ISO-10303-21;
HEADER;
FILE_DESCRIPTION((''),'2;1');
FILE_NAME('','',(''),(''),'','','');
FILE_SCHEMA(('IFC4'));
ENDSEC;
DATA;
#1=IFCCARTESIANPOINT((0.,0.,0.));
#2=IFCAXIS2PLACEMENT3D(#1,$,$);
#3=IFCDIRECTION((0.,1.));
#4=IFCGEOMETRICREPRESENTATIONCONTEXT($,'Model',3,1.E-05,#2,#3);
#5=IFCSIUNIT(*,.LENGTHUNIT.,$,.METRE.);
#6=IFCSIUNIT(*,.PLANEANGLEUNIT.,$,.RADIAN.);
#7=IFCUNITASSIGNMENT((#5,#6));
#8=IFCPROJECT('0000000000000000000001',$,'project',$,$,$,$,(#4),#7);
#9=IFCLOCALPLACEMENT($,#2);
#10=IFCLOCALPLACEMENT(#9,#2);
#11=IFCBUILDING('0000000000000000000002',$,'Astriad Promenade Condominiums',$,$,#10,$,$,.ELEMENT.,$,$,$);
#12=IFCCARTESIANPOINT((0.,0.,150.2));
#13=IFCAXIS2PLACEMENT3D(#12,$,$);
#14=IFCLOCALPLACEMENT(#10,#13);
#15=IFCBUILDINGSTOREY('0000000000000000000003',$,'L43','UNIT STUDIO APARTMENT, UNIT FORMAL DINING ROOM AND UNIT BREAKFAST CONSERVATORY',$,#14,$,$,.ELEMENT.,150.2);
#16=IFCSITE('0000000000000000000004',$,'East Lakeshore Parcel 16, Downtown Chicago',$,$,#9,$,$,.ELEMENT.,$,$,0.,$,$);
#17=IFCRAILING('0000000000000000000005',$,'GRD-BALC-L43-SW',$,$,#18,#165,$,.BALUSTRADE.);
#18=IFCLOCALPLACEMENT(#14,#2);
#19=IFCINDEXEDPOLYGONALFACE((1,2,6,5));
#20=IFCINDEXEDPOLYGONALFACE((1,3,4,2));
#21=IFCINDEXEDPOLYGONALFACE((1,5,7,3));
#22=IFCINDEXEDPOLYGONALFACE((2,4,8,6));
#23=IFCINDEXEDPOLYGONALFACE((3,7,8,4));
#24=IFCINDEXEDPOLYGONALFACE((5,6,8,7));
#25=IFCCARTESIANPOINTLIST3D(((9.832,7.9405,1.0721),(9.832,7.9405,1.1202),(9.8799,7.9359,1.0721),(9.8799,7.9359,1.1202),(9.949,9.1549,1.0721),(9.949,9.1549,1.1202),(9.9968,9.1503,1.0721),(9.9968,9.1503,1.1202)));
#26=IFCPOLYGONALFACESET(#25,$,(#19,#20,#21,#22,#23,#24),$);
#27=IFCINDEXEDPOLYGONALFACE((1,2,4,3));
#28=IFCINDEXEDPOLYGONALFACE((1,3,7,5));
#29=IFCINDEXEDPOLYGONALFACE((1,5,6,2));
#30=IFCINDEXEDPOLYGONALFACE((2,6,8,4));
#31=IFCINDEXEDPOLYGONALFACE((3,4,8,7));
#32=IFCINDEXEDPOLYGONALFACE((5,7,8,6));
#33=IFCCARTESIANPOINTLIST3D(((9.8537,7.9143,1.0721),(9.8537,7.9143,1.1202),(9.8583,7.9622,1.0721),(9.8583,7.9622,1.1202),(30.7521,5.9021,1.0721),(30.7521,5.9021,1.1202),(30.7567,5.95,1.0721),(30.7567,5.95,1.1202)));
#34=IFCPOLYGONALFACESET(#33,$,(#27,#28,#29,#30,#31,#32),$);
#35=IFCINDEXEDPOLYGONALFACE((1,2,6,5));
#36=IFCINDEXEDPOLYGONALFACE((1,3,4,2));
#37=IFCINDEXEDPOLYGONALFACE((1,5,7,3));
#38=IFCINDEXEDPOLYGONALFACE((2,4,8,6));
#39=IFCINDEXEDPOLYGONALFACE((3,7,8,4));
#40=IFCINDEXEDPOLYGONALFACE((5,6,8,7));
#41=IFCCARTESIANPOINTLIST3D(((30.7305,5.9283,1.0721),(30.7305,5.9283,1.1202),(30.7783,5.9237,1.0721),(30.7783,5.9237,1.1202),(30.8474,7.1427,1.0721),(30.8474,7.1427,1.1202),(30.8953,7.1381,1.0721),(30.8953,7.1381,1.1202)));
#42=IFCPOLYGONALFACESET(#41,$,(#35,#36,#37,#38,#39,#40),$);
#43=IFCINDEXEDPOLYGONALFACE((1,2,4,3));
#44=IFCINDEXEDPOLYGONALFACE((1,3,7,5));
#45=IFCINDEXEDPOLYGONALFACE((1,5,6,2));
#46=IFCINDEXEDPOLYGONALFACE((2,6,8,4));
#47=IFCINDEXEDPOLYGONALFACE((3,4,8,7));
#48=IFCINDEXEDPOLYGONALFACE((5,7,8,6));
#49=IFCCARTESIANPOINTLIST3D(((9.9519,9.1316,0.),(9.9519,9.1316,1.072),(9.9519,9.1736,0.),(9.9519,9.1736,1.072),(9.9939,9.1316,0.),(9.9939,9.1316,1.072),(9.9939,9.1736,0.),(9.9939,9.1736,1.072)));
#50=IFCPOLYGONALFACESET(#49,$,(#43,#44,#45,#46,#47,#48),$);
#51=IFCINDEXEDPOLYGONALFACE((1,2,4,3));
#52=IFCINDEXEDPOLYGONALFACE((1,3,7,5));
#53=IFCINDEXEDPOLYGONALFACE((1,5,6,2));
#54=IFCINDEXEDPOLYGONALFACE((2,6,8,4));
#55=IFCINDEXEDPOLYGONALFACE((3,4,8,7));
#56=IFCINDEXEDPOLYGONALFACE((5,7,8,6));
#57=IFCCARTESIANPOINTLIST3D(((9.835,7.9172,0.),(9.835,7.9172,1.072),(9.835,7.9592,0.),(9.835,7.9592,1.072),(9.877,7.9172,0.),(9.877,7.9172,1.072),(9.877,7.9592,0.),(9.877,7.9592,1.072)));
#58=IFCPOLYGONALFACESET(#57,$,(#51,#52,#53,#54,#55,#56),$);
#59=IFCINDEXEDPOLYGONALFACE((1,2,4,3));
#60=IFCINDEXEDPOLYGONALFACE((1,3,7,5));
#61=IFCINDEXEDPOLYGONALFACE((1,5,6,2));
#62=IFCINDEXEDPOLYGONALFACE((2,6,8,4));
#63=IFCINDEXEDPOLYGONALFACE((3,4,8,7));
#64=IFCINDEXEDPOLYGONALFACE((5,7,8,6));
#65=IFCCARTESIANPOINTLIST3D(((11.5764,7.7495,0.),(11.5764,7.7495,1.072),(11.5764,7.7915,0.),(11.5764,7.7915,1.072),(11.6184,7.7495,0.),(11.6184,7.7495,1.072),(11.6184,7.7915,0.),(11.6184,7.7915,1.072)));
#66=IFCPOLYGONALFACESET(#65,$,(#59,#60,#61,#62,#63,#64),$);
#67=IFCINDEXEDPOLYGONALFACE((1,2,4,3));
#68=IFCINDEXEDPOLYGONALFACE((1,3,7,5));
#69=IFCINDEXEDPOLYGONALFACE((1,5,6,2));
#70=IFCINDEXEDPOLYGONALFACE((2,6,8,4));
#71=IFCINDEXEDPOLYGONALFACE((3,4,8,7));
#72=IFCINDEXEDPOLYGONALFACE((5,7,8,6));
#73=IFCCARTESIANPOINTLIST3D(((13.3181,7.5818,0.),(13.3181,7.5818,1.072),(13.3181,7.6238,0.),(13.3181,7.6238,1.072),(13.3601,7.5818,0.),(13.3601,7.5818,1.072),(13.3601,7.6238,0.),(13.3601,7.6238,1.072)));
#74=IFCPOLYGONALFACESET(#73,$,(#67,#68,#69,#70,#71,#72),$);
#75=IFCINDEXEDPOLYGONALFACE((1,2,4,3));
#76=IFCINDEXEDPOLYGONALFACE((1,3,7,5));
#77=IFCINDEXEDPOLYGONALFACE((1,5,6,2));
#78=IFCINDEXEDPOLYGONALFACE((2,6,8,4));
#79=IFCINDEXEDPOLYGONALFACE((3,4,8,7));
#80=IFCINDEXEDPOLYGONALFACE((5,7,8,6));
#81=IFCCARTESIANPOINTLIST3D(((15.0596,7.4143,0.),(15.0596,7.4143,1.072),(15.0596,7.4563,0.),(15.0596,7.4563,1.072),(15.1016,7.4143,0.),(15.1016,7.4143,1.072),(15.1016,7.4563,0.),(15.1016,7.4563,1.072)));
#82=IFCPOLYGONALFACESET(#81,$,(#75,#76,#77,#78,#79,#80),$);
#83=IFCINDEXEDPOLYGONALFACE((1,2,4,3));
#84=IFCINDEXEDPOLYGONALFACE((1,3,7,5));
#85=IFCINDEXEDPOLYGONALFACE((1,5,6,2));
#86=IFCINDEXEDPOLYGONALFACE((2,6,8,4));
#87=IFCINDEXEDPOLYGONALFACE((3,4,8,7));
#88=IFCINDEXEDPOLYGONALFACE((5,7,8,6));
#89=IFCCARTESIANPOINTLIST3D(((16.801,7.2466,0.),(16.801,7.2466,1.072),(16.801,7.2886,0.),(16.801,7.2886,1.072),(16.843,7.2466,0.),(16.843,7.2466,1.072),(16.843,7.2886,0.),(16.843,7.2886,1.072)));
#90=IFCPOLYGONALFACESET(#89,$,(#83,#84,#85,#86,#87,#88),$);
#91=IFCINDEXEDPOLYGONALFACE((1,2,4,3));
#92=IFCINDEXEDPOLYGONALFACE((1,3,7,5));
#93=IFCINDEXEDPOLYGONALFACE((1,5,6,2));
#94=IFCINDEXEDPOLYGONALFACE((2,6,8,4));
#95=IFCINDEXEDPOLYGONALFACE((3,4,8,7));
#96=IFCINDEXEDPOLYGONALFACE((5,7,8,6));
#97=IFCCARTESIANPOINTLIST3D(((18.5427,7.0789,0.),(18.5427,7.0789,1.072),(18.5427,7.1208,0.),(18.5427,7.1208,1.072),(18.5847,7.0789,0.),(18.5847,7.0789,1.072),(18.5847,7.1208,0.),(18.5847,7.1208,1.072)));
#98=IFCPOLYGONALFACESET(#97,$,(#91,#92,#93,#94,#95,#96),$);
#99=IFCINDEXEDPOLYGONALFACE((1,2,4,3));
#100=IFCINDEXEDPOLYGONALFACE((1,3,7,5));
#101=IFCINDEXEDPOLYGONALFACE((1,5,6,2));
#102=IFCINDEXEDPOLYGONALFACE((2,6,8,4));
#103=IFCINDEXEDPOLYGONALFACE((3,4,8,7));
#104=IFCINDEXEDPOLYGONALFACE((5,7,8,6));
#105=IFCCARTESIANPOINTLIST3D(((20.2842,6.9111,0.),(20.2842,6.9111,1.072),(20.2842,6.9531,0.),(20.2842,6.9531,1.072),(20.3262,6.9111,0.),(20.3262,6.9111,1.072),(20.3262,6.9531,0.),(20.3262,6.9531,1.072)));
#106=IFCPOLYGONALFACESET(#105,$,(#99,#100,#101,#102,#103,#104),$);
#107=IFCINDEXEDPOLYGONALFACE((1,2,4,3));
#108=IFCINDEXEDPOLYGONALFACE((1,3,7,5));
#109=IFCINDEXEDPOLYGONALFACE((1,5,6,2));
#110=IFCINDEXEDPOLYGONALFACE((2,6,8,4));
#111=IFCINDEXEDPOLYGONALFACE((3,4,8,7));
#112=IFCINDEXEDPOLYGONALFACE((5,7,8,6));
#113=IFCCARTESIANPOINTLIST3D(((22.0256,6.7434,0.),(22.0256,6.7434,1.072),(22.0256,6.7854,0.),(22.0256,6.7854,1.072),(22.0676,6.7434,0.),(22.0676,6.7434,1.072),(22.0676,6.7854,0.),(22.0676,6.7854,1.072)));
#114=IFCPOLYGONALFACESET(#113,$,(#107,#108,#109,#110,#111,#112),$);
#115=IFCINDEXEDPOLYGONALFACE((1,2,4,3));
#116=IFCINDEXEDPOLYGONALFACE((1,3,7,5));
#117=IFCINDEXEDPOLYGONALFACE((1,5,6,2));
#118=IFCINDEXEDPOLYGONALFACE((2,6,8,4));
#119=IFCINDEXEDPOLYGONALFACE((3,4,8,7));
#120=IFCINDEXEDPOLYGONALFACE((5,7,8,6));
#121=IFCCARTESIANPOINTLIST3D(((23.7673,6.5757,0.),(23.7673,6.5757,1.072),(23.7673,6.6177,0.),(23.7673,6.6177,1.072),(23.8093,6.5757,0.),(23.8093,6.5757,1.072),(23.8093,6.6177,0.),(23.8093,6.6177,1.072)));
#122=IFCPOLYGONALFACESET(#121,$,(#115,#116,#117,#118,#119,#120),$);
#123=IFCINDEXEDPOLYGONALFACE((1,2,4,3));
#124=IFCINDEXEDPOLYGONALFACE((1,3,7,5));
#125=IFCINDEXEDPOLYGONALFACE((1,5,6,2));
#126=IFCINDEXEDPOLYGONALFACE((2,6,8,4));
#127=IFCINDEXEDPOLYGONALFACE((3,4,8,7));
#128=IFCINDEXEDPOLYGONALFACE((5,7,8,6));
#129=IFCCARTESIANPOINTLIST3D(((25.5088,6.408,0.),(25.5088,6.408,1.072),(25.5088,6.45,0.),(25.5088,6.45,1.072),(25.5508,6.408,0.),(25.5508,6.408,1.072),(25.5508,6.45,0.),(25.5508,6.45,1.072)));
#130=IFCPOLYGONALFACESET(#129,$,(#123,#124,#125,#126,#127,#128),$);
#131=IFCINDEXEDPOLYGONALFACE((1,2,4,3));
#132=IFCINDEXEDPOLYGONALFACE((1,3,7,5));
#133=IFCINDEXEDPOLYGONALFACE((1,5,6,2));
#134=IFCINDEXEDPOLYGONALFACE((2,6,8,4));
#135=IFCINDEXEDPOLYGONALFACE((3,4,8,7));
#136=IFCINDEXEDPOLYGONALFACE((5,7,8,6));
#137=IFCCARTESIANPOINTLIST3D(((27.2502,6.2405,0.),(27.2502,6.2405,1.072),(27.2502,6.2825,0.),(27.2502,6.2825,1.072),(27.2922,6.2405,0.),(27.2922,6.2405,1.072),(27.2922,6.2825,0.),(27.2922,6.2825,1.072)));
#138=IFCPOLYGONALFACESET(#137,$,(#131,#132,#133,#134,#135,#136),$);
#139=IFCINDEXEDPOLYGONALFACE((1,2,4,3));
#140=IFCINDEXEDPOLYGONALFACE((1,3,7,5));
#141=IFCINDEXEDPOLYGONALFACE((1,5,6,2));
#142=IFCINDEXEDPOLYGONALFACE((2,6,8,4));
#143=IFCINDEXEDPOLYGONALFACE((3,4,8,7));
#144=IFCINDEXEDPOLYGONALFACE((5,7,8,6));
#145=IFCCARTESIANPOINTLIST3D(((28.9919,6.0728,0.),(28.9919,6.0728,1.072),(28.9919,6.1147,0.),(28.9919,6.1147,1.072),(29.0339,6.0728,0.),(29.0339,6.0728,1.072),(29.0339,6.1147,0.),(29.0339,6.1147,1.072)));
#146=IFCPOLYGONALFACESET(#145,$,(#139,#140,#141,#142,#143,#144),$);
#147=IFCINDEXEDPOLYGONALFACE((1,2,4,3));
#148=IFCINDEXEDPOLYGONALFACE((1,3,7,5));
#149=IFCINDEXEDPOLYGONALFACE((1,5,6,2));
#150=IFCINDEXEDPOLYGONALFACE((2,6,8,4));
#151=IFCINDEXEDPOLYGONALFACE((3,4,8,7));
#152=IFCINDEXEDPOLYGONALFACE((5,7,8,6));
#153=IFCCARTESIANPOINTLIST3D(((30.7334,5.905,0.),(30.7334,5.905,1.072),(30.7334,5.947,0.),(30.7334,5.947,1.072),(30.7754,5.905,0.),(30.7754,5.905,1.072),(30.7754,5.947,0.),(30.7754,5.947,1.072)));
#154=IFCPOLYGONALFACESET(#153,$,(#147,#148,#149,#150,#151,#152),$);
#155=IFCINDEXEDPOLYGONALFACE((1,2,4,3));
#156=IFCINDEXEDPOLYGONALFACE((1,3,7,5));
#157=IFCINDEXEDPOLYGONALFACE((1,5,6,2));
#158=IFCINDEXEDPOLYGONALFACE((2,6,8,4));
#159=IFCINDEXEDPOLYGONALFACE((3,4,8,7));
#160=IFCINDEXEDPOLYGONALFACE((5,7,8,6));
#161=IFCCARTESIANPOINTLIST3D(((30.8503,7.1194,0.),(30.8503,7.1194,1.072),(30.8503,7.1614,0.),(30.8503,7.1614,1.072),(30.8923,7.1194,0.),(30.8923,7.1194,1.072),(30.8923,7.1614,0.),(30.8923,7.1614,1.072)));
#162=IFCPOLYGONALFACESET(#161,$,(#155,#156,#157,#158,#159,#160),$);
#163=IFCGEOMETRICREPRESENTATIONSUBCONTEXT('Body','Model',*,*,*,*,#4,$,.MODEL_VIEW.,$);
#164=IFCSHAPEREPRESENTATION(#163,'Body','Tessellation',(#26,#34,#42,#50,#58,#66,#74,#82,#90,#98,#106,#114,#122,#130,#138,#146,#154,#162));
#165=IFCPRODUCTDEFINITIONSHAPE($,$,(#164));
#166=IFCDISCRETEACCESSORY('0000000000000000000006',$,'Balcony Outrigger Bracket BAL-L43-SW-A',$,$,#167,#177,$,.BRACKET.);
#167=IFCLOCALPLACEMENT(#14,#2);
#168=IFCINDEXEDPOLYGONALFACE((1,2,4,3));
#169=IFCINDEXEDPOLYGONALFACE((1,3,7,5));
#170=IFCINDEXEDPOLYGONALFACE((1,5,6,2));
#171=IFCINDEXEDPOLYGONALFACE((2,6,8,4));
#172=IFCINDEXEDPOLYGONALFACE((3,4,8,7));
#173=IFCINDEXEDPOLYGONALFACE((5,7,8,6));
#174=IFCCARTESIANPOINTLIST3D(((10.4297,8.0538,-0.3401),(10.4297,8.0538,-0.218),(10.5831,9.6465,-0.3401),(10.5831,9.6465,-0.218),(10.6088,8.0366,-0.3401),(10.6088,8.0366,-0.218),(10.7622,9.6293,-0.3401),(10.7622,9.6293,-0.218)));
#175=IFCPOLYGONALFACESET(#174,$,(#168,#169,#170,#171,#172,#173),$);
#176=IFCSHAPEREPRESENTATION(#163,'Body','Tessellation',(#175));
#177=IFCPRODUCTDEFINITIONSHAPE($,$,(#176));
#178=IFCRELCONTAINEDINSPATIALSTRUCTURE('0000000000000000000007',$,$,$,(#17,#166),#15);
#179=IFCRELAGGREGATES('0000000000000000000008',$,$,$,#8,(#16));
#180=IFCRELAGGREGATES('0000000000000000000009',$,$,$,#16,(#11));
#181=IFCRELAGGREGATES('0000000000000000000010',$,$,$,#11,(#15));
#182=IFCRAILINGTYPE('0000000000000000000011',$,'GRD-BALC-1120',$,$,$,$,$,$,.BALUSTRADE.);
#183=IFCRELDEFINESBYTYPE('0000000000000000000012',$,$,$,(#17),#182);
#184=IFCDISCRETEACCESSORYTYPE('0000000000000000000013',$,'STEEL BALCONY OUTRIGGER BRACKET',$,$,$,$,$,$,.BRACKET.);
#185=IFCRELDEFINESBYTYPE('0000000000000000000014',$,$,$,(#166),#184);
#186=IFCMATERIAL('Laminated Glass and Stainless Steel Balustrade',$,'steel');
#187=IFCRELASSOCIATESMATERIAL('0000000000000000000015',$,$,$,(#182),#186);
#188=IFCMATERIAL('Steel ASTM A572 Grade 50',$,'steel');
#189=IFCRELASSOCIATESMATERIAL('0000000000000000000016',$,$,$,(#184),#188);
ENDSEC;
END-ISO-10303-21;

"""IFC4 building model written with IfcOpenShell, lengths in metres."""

from ifc_helpers import new_model, si_unit, direction, frame, origin, origin_2d, place, context, subcontext, project, spatial, rectangle, extrude, source, transform, mapped, material, type_object, type_shapes, element, save


model = new_model("IFC4")

# Units and contexts
model_context = context("Model", 3, precision=1e-05, world=origin(), true_north=direction((0.0, 1.0)))
body_context = subcontext(model_context, "Body", "Model", "MODEL_VIEW")
ifc_project = project(units=[si_unit("LENGTHUNIT", "METRE"), si_unit("PLANEANGLEUNIT", "RADIAN")], contexts=[model_context])

# Site, building, storey
site_placement = place(None, origin())
site = spatial("IfcSite", under=ifc_project, at=site_placement, Name="East Lakeshore Parcel 16, Downtown Chicago", CompositionType="ELEMENT", RefElevation=0.0)
building_placement = place(site_placement, origin())
building = spatial("IfcBuilding", under=site, at=building_placement, Name="Astriad Promenade Condominiums", CompositionType="ELEMENT")
storey_placement = place(building_placement, frame((0.0, 0.0, 150.2)))
storey = spatial("IfcBuildingStorey", under=building, at=storey_placement, Name="L43", Description="UNIT STUDIO APARTMENT, UNIT FORMAL DINING ROOM AND UNIT BREAKFAST CONSERVATORY", CompositionType="ELEMENT", Elevation=150.2)

# Railing
ifc_material_1 = material(Name="Laminated Glass and Stainless Steel Balustrade", Category="steel")
railing_type = type_object("IfcRailingType", Name="GRD-BALC-1120", PredefinedType="BALUSTRADE", material=ifc_material_1)
shared_shape_1 = source(origin(), body_context, "Body", "SweptSolid", [
    extrude(rectangle(XDim=0.0481, YDim=0.0481, at=origin_2d()), frame((0.0, 0.0, 1.0962), z_axis=(-0.095857, -0.995395, 0.0), x_axis=(0.995395, -0.095857, 0.0)), (0.0, 0.0, 1.0), 1.22),
    extrude(rectangle(XDim=0.0481, YDim=0.0481, at=origin_2d()), frame((-0.1169, -1.2144, 1.0962), z_axis=(0.995397, -0.095842, 0.0), x_axis=(0.095842, 0.995397, 0.0)), (0.0, 0.0, 1.0), 20.9951),
    extrude(rectangle(XDim=0.0481, YDim=0.0481, at=origin_2d()), frame((20.7815, -3.2266, 1.0962), z_axis=(0.095857, 0.995395, 0.0), x_axis=(-0.995395, 0.095857, 0.0)), (0.0, 0.0, 1.0), 1.22),
    extrude(rectangle(XDim=0.042, YDim=0.042, at=origin_2d()), origin(), (0.0, 0.0, 1.0), 1.072),
    extrude(rectangle(XDim=0.042, YDim=0.042, at=origin_2d()), frame((-0.1169, -1.2144, 0.0)), (0.0, 0.0, 1.0), 1.072),
    extrude(rectangle(XDim=0.042, YDim=0.042, at=origin_2d()), frame((1.6245, -1.3821, 0.0)), (0.0, 0.0, 1.0), 1.072),
    extrude(rectangle(XDim=0.042, YDim=0.042, at=origin_2d()), frame((3.3662, -1.5498, 0.0)), (0.0, 0.0, 1.0), 1.072),
    extrude(rectangle(XDim=0.042, YDim=0.042, at=origin_2d()), frame((5.1077, -1.7173, 0.0)), (0.0, 0.0, 1.0), 1.072),
    extrude(rectangle(XDim=0.042, YDim=0.042, at=origin_2d()), frame((6.8491, -1.885, 0.0)), (0.0, 0.0, 1.0), 1.072),
    extrude(rectangle(XDim=0.042, YDim=0.042, at=origin_2d()), frame((8.5908, -2.0527, 0.0)), (0.0, 0.0, 1.0), 1.072),
    extrude(rectangle(XDim=0.042, YDim=0.042, at=origin_2d()), frame((10.3323, -2.2205, 0.0)), (0.0, 0.0, 1.0), 1.072),
    extrude(rectangle(XDim=0.042, YDim=0.042, at=origin_2d()), frame((12.0737, -2.3882, 0.0)), (0.0, 0.0, 1.0), 1.072),
    extrude(rectangle(XDim=0.042, YDim=0.042, at=origin_2d()), frame((13.8154, -2.5559, 0.0)), (0.0, 0.0, 1.0), 1.072),
    extrude(rectangle(XDim=0.042, YDim=0.042, at=origin_2d()), frame((15.5569, -2.7236, 0.0)), (0.0, 0.0, 1.0), 1.072),
    extrude(rectangle(XDim=0.042, YDim=0.042, at=origin_2d()), frame((17.2983, -2.8911, 0.0)), (0.0, 0.0, 1.0), 1.072),
    extrude(rectangle(XDim=0.042, YDim=0.042, at=origin_2d()), frame((19.04, -3.0588, 0.0)), (0.0, 0.0, 1.0), 1.072),
    extrude(rectangle(XDim=0.042, YDim=0.042, at=origin_2d()), frame((20.7815, -3.2266, 0.0)), (0.0, 0.0, 1.0), 1.072),
    extrude(rectangle(XDim=0.042, YDim=0.042, at=origin_2d()), frame((20.8984, -2.0122, 0.0)), (0.0, 0.0, 1.0), 1.072),
])
type_shapes(railing_type, [shared_shape_1])
railing_placement = place(storey_placement, frame((9.9729, 9.1526, 0.0)))
element("IfcRailing", 1, at=railing_placement, inside=storey, type_object=railing_type, Name="GRD-BALC-L43-SW", PredefinedType="BALUSTRADE", context=body_context, shape_type="MappedRepresentation", body=[
    mapped(shared_shape_1, transform((0.0, 0.0, 0.0), scale=1.0)),
])

# Discrete accessory
ifc_material_2 = material(Name="Steel ASTM A572 Grade 50", Category="steel")
discrete_accessory_type = type_object("IfcDiscreteAccessoryType", Name="STEEL BALCONY OUTRIGGER BRACKET", PredefinedType="BRACKET", material=ifc_material_2)
shared_shape_2 = source(origin(), body_context, "Body", "SweptSolid", [
    extrude(rectangle(XDim=1.6001, YDim=0.1799, at=origin_2d()), origin(), (0.0, 0.0, 1.0), 0.1221),
])
type_shapes(discrete_accessory_type, [shared_shape_2])
discrete_accessory_placement = place(storey_placement, frame((10.5959, 8.8416, -0.3401), z_axis=(0.0, 0.0, 1.0), x_axis=(-0.095846, -0.995396, 0.0)))
element("IfcDiscreteAccessory", 2, at=discrete_accessory_placement, inside=storey, type_object=discrete_accessory_type, Name="Balcony Outrigger Bracket BAL-L43-SW-A", PredefinedType="BRACKET", context=body_context, shape_type="MappedRepresentation", body=[
    mapped(shared_shape_2, transform((0.0, 0.0, 0.0), scale=1.0)),
])

save(model, "model.ifc")
